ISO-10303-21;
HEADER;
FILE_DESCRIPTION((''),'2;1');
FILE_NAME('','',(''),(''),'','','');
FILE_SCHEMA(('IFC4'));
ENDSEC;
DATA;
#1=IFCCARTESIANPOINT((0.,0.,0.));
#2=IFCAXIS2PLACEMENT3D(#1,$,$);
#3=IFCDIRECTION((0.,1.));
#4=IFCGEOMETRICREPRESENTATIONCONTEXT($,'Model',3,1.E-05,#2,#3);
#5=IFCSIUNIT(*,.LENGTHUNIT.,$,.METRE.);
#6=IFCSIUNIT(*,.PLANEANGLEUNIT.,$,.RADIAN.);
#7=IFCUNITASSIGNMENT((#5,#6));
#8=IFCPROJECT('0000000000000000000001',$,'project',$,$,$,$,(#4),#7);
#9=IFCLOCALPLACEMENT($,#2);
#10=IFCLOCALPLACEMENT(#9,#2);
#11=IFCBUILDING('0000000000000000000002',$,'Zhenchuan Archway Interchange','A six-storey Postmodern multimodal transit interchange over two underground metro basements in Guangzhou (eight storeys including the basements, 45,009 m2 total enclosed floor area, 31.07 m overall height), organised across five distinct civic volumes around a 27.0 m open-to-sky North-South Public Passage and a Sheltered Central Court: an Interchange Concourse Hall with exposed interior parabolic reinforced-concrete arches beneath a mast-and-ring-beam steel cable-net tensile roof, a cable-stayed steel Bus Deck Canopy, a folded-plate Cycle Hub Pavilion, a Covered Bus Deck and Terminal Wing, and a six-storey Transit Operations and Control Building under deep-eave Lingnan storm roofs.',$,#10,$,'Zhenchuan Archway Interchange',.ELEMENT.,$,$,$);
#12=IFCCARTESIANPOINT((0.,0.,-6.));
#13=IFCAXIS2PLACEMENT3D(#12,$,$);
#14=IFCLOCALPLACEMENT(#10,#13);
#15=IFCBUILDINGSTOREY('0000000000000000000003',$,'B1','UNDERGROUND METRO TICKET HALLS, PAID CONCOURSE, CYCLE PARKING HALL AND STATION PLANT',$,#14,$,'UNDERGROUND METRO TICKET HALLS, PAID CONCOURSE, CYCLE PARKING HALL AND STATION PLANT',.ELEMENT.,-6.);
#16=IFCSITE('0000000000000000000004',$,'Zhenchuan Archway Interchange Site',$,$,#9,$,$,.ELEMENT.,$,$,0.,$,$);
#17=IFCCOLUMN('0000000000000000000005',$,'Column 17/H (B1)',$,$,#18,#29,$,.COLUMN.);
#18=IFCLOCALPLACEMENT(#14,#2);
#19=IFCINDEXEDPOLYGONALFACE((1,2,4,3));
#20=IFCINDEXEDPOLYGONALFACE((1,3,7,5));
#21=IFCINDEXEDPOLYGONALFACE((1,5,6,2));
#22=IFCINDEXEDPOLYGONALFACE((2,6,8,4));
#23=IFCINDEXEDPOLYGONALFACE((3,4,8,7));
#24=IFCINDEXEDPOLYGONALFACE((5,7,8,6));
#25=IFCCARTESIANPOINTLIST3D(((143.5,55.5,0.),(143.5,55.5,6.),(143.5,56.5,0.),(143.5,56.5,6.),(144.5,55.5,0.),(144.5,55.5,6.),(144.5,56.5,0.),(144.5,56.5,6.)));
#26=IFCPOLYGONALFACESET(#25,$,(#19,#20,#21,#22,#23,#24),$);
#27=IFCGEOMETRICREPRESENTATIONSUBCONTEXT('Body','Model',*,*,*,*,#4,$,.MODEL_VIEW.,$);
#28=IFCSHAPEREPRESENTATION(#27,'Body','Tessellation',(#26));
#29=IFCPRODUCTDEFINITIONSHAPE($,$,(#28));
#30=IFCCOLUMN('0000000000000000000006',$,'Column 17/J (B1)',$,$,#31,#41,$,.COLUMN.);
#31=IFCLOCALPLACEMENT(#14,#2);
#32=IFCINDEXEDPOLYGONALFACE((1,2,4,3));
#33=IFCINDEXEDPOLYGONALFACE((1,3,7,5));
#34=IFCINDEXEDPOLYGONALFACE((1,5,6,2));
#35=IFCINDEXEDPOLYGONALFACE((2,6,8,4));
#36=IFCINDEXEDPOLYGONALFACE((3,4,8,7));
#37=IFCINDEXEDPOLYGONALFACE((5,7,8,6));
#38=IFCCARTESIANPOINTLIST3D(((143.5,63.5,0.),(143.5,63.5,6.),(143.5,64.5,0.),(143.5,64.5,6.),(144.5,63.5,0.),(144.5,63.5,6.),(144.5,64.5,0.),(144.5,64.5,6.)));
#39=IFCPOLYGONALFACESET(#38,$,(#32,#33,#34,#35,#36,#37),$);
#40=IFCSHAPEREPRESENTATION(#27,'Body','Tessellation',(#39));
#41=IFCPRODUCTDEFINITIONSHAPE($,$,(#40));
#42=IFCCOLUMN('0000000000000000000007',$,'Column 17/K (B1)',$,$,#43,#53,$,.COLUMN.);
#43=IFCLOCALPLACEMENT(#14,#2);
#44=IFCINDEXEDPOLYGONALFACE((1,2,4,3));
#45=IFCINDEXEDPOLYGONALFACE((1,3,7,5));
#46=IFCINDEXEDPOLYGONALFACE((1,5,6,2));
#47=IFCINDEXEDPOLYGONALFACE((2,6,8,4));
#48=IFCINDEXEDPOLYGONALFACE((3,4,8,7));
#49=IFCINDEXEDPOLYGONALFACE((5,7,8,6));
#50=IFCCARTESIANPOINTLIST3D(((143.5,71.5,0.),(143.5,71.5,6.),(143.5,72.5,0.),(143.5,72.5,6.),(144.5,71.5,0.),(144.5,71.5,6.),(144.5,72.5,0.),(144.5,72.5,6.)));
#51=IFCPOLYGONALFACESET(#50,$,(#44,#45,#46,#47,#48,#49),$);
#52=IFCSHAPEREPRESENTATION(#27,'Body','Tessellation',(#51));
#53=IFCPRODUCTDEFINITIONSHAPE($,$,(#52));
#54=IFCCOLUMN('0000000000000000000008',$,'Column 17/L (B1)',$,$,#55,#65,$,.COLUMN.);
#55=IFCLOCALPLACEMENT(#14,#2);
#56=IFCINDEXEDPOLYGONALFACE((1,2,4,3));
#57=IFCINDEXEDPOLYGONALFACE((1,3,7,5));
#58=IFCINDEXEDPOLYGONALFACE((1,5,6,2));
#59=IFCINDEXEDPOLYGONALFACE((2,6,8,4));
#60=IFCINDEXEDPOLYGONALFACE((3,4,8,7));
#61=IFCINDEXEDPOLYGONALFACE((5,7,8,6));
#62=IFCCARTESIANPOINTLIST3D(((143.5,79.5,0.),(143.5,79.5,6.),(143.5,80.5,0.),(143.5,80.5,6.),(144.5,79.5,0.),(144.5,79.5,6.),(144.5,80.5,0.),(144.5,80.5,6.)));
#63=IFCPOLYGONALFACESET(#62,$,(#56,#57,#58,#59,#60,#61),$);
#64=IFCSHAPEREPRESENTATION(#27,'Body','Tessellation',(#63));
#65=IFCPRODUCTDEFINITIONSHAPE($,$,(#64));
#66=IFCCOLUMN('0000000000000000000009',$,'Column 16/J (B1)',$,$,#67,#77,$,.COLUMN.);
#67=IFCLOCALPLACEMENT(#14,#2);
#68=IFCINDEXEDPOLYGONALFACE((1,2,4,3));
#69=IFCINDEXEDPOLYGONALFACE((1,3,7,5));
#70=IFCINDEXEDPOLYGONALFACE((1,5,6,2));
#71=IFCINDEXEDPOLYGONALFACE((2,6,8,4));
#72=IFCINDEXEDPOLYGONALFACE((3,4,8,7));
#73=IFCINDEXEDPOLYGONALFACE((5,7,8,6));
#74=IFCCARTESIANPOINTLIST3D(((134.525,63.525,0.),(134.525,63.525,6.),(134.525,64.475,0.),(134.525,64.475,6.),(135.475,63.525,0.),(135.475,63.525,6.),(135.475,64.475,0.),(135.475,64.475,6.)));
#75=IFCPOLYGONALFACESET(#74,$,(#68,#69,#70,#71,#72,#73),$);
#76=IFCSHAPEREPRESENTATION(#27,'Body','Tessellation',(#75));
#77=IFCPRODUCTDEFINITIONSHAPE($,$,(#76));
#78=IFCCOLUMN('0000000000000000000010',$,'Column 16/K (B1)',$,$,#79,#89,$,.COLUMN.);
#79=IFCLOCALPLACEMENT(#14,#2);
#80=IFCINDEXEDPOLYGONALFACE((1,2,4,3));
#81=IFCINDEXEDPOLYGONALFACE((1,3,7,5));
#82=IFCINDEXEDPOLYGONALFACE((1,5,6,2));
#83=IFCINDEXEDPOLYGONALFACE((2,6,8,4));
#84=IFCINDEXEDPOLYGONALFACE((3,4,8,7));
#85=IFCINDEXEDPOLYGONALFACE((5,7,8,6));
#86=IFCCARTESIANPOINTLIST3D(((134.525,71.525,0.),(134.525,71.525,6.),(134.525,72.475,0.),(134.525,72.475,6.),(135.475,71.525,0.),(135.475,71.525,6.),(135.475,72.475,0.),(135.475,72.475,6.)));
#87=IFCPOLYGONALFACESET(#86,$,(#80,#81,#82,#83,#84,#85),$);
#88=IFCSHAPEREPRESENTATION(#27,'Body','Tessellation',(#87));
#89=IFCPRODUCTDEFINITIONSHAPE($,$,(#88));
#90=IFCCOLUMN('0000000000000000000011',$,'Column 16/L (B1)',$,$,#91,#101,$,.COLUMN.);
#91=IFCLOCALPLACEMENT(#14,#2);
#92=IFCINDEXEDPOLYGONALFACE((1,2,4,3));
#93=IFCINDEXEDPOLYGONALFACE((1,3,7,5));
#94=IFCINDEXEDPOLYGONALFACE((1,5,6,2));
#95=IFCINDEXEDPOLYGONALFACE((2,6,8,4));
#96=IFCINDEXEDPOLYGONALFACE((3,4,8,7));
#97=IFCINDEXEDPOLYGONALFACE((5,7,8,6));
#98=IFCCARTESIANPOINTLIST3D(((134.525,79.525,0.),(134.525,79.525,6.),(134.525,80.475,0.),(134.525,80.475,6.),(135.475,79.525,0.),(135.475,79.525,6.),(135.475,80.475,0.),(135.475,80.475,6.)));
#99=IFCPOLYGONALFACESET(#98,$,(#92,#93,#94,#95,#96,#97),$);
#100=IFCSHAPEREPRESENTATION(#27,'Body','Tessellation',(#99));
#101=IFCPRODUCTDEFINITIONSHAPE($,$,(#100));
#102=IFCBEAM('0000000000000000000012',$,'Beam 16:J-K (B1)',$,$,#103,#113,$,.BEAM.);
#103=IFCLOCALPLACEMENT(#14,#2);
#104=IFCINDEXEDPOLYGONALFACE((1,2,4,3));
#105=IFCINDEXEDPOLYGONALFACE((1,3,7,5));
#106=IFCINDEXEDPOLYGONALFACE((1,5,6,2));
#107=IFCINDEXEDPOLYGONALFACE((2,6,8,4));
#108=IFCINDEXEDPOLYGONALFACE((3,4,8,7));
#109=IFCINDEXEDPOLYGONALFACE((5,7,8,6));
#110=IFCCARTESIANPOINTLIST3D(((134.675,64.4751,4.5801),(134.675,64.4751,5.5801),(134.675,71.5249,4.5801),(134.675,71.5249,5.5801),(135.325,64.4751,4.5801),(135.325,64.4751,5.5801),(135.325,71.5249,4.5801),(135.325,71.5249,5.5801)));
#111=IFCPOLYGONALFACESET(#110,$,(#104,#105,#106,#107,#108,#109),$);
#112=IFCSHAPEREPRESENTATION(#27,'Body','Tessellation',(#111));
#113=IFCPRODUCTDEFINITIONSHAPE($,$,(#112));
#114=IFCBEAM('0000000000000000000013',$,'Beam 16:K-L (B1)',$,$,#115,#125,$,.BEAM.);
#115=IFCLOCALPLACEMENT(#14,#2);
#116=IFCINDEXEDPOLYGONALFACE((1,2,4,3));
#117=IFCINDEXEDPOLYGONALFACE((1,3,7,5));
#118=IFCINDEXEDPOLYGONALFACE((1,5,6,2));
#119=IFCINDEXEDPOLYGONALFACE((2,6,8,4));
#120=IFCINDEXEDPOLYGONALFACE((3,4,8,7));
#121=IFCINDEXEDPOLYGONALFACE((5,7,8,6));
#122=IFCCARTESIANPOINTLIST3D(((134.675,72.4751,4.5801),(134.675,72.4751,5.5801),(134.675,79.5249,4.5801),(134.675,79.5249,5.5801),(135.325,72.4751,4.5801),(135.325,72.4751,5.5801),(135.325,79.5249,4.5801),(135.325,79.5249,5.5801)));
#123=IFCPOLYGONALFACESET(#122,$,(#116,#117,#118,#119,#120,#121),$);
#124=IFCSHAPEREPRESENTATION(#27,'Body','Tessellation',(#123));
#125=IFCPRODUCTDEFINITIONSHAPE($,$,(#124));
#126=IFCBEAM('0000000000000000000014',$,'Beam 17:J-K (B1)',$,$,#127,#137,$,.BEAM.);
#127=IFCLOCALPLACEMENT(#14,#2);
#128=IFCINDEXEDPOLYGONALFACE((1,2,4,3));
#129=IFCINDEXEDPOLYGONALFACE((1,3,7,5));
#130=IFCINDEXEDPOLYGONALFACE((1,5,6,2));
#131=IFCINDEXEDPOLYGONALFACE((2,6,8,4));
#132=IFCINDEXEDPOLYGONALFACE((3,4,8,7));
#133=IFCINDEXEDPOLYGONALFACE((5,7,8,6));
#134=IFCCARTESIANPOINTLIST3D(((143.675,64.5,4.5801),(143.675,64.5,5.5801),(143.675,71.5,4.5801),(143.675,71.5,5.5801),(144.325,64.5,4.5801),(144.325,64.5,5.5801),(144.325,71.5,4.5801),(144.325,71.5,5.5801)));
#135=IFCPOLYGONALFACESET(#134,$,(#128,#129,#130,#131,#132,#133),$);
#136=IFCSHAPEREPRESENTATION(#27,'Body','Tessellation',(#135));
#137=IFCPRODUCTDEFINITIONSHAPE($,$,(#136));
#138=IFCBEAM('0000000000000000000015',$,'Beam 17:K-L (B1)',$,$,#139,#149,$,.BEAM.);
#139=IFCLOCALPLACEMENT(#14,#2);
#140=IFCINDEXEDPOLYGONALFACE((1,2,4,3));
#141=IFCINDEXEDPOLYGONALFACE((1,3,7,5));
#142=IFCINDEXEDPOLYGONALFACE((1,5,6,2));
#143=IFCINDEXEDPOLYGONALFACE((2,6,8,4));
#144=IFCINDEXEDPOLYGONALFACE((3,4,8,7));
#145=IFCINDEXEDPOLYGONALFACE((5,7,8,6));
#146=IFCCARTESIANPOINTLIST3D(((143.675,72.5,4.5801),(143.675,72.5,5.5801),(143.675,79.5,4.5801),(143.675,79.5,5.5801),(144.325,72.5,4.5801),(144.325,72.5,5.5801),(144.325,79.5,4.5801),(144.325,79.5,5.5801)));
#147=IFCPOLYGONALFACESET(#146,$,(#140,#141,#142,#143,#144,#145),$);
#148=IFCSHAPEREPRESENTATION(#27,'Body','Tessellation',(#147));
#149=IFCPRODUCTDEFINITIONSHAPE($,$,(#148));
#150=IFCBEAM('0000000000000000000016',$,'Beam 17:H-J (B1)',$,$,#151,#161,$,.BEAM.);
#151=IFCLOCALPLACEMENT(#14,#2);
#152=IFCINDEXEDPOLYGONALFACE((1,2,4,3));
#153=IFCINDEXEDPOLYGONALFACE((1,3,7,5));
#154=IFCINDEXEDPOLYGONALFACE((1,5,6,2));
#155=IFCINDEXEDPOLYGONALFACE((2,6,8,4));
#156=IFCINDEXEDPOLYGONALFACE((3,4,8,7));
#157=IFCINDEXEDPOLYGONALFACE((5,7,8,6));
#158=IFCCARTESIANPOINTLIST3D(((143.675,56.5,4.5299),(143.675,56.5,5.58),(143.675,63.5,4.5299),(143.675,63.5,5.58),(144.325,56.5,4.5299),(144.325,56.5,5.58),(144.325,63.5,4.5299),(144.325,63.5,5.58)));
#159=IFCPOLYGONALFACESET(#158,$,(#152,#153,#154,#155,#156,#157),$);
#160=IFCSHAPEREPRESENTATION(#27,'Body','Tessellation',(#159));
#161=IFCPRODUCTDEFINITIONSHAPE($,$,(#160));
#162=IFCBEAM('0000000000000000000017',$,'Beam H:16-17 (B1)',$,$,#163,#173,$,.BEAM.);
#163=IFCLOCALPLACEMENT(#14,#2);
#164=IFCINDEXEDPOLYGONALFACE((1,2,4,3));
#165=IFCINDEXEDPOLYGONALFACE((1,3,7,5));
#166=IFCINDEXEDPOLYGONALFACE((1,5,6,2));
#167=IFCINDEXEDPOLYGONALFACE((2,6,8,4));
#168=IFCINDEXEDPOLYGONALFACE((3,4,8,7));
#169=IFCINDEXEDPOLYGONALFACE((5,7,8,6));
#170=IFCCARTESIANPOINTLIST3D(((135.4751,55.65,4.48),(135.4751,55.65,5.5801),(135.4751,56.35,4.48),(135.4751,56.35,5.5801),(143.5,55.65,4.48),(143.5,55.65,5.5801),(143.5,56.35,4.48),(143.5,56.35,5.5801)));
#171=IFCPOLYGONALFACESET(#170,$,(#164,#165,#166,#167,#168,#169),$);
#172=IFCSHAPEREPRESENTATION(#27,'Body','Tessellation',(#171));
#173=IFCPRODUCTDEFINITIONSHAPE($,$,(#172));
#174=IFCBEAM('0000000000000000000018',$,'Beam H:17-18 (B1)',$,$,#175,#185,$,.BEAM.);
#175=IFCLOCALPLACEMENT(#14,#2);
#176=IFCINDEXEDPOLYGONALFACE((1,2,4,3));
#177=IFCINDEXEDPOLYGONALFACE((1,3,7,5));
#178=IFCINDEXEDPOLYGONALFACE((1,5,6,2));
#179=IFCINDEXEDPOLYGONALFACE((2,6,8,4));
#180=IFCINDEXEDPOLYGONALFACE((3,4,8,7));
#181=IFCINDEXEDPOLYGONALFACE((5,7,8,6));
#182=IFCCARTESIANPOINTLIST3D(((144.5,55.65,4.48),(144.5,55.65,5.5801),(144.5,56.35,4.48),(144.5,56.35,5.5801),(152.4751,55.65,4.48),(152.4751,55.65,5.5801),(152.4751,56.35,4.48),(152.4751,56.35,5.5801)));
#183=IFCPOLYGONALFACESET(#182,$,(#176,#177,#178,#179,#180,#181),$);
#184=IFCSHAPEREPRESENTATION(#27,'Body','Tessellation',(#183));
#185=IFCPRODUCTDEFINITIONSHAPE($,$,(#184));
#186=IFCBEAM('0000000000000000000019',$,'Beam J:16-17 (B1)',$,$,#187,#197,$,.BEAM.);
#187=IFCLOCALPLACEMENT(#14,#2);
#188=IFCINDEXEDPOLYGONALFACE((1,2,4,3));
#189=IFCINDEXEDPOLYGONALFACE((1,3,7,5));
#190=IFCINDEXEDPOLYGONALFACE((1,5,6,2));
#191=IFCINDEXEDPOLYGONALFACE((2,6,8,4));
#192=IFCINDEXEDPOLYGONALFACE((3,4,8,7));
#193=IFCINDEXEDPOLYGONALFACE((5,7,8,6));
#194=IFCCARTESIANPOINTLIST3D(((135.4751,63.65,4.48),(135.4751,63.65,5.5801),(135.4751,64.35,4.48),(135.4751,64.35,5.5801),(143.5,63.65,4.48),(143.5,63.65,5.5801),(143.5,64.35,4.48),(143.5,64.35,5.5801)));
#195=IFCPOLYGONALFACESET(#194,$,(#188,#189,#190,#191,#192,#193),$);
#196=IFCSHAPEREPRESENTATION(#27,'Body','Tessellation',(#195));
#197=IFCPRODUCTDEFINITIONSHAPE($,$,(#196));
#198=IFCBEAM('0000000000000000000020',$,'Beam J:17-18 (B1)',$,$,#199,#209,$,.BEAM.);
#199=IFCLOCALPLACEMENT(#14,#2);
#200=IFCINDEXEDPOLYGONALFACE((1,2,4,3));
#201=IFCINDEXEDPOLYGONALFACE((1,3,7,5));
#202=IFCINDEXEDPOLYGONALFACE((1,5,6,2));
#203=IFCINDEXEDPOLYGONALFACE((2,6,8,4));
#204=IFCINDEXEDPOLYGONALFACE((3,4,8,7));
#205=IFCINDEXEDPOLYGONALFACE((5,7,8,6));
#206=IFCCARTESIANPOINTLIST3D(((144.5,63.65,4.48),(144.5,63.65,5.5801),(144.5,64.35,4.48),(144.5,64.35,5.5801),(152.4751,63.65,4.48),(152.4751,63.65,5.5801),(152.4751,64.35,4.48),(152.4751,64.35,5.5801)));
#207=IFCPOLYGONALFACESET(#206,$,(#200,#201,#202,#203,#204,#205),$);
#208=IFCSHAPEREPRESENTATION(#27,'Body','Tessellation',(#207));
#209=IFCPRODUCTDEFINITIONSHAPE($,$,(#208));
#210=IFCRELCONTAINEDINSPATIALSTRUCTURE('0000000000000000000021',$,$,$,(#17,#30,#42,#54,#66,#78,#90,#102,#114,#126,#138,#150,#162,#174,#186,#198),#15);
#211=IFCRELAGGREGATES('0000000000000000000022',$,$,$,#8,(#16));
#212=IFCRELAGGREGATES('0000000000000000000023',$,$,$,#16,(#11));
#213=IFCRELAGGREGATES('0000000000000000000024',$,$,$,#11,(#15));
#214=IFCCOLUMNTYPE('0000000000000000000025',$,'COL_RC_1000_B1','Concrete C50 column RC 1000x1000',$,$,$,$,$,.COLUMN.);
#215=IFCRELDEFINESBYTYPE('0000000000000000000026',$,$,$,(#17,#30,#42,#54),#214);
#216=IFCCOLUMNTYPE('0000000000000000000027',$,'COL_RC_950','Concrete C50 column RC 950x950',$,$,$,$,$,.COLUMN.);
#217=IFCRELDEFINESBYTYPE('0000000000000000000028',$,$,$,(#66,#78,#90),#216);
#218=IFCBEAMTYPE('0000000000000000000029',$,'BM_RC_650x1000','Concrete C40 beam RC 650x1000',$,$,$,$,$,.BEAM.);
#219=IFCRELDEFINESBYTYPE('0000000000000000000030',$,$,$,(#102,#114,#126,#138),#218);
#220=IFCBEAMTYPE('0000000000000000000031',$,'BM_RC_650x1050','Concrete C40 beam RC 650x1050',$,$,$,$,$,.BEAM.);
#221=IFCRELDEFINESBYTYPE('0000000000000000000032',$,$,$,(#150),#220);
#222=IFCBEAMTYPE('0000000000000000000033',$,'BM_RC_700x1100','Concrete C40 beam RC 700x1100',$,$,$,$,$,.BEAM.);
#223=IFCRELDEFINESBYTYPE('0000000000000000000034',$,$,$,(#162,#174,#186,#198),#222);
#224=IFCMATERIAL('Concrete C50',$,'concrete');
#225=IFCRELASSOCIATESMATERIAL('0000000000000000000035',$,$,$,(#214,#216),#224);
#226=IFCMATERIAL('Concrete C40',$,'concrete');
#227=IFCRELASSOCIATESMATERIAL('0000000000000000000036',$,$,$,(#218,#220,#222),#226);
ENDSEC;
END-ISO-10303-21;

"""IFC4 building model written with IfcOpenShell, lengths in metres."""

from ifc_helpers import new_model, si_unit, direction, frame, origin, origin_2d, place, context, subcontext, project, spatial, rectangle, extrude, material, material_profile, profile_set, type_object, element, save


model = new_model("IFC4")

# Units and contexts
model_context = context("Model", 3, precision=1e-05, world=origin(), true_north=direction((0.0, 1.0)))
body_context = subcontext(model_context, "Body", "Model", "MODEL_VIEW")
ifc_project = project(units=[si_unit("LENGTHUNIT", "METRE"), si_unit("PLANEANGLEUNIT", "RADIAN")], contexts=[model_context])

# Site, building, storey
site_placement = place(None, origin())
site = spatial("IfcSite", under=ifc_project, at=site_placement, Name="Zhenchuan Archway Interchange Site", CompositionType="ELEMENT", RefElevation=0.0)
building_placement = place(site_placement, origin())
building = spatial("IfcBuilding", under=site, at=building_placement, Name="Zhenchuan Archway Interchange", Description="A six-storey Postmodern multimodal transit interchange over two underground metro basements in Guangzhou (eight storeys including the basements, 45,009 m2 total enclosed floor area, 31.07 m overall height), organised across five distinct civic volumes around a 27.0 m open-to-sky North-South Public Passage and a Sheltered Central Court: an Interchange Concourse Hall with exposed interior parabolic reinforced-concrete arches beneath a mast-and-ring-beam steel cable-net tensile roof, a cable-stayed steel Bus Deck Canopy, a folded-plate Cycle Hub Pavilion, a Covered Bus Deck and Terminal Wing, and a six-storey Transit Operations and Control Building under deep-eave Lingnan storm roofs.", LongName="Zhenchuan Archway Interchange", CompositionType="ELEMENT")
storey_placement = place(building_placement, frame((0.0, 0.0, -6.0)))
storey = spatial("IfcBuildingStorey", under=building, at=storey_placement, Name="B1", Description="UNDERGROUND METRO TICKET HALLS, PAID CONCOURSE, CYCLE PARKING HALL AND STATION PLANT", LongName="UNDERGROUND METRO TICKET HALLS, PAID CONCOURSE, CYCLE PARKING HALL AND STATION PLANT", CompositionType="ELEMENT", Elevation=-6.0)

# Columns
ifc_material_1 = material(Name="Concrete C50", Category="concrete")
ifc_material_profile_1 = material_profile(ifc_material_1, rectangle(XDim=1.0, YDim=1.0, at=origin_2d()), Name="RC 1000x1000")
ifc_profile_set_1 = profile_set([ifc_material_profile_1], Name="Concrete C50")
column_type_1 = type_object("IfcColumnType", Name="COL_RC_1000_B1", Description="Concrete C50 column RC 1000x1000", PredefinedType="COLUMN", material=ifc_profile_set_1)
for number, where, z_axis, x_axis, name in (
    (1, (144.0, 56.0, 0.0), (0.0, 0.0, 1.0), (1.0, 0.0, 0.0), "Column 17/H (B1)"),
    (2, (144.0, 64.0, 0.0), (0.0, 0.0, 1.0), (1.0, 0.0, 0.0), "Column 17/J (B1)"),
    (3, (144.0, 72.0, 0.0), (0.0, 0.0, 1.0), (1.0, 0.0, 0.0), "Column 17/K (B1)"),
    (4, (144.0, 80.0, 0.0), (0.0, 0.0, 1.0), (1.0, 0.0, 0.0), "Column 17/L (B1)"),
):
    element("IfcColumn", number, at=place(storey_placement, frame(where, z_axis=z_axis, x_axis=x_axis)), inside=storey, type_object=column_type_1, Name=name, PredefinedType="COLUMN", context=body_context, shape_type="SweptSolid", body=[
        extrude(rectangle(XDim=1.0, YDim=1.0, at=origin_2d()), origin(), (0.0, 0.0, 1.0), 6.0),
    ])
ifc_material_profile_2 = material_profile(ifc_material_1, rectangle(XDim=0.95, YDim=0.95, at=origin_2d()), Name="RC 950x950")
ifc_profile_set_2 = profile_set([ifc_material_profile_2], Name="Concrete C50")
column_type_2 = type_object("IfcColumnType", Name="COL_RC_950", Description="Concrete C50 column RC 950x950", PredefinedType="COLUMN", material=ifc_profile_set_2)
for number, where, z_axis, x_axis, name in (
    (5, (135.0, 64.0, 0.0), (0.0, 0.0, 1.0), (1.0, 0.0, 0.0), "Column 16/J (B1)"),
    (6, (135.0, 72.0, 0.0), (0.0, 0.0, 1.0), (1.0, 0.0, 0.0), "Column 16/K (B1)"),
    (7, (135.0, 80.0, 0.0), (0.0, 0.0, 1.0), (1.0, 0.0, 0.0), "Column 16/L (B1)"),
):
    element("IfcColumn", number, at=place(storey_placement, frame(where, z_axis=z_axis, x_axis=x_axis)), inside=storey, type_object=column_type_2, Name=name, PredefinedType="COLUMN", context=body_context, shape_type="SweptSolid", body=[
        extrude(rectangle(XDim=0.95, YDim=0.95, at=origin_2d()), origin(), (0.0, 0.0, 1.0), 6.0),
    ])

# Beams
ifc_material_2 = material(Name="Concrete C40", Category="concrete")
ifc_material_profile_3 = material_profile(ifc_material_2, rectangle(XDim=0.6499, YDim=1.0, at=origin_2d()), Name="RC 650x1000")
ifc_profile_set_3 = profile_set([ifc_material_profile_3], Name="Concrete C40")
beam_type_1 = type_object("IfcBeamType", Name="BM_RC_650x1000", Description="Concrete C40 beam RC 650x1000", PredefinedType="BEAM", material=ifc_profile_set_3)
for number, where, z_axis, x_axis, name in (
    (8, (135.0, 64.4751, 5.0801), (0.0, 1.0, 0.0), (-1.0, 0.0, 0.0), "Beam 16:J-K (B1)"),
    (9, (135.0, 72.4751, 5.0801), (0.0, 1.0, 0.0), (-1.0, 0.0, 0.0), "Beam 16:K-L (B1)"),
):
    element("IfcBeam", number, at=place(storey_placement, frame(where, z_axis=z_axis, x_axis=x_axis)), inside=storey, type_object=beam_type_1, Name=name, PredefinedType="BEAM", context=body_context, shape_type="SweptSolid", body=[
        extrude(rectangle(XDim=0.6499, YDim=1.0, at=origin_2d()), origin(), (0.0, 0.0, 1.0), 7.0498),
    ])
for number, where, z_axis, x_axis, name in (
    (10, (144.0, 64.5, 5.0801), (0.0, 1.0, 0.0), (-1.0, 0.0, 0.0), "Beam 17:J-K (B1)"),
    (11, (144.0, 72.5, 5.0801), (0.0, 1.0, 0.0), (-1.0, 0.0, 0.0), "Beam 17:K-L (B1)"),
):
    element("IfcBeam", number, at=place(storey_placement, frame(where, z_axis=z_axis, x_axis=x_axis)), inside=storey, type_object=beam_type_1, Name=name, PredefinedType="BEAM", context=body_context, shape_type="SweptSolid", body=[
        extrude(rectangle(XDim=0.6499, YDim=1.0, at=origin_2d()), origin(), (0.0, 0.0, 1.0), 7.0),
    ])
ifc_material_profile_4 = material_profile(ifc_material_2, rectangle(XDim=0.6499, YDim=1.05, at=origin_2d()), Name="RC 650x1050")
ifc_profile_set_4 = profile_set([ifc_material_profile_4], Name="Concrete C40")
beam_type_2 = type_object("IfcBeamType", Name="BM_RC_650x1050", Description="Concrete C40 beam RC 650x1050", PredefinedType="BEAM", material=ifc_profile_set_4)
beam_1_placement = place(storey_placement, frame((144.0, 56.5, 5.0549), z_axis=(0.0, 1.0, 0.0), x_axis=(-1.0, 0.0, 0.0)))
element("IfcBeam", 12, at=beam_1_placement, inside=storey, type_object=beam_type_2, Name="Beam 17:H-J (B1)", PredefinedType="BEAM", context=body_context, shape_type="SweptSolid", body=[
    extrude(rectangle(XDim=0.6499, YDim=1.05, at=origin_2d()), origin(), (0.0, 0.0, 1.0), 7.0),
])
ifc_material_profile_5 = material_profile(ifc_material_2, rectangle(XDim=0.7, YDim=1.1001, at=origin_2d()), Name="RC 700x1100")
ifc_profile_set_5 = profile_set([ifc_material_profile_5], Name="Concrete C40")
beam_type_3 = type_object("IfcBeamType", Name="BM_RC_700x1100", Description="Concrete C40 beam RC 700x1100", PredefinedType="BEAM", material=ifc_profile_set_5)
beam_2_placement = place(storey_placement, frame((135.4751, 56.0, 5.03), z_axis=(1.0, 0.0, 0.0), x_axis=(0.0, 1.0, 0.0)))
element("IfcBeam", 13, at=beam_2_placement, inside=storey, type_object=beam_type_3, Name="Beam H:16-17 (B1)", PredefinedType="BEAM", context=body_context, shape_type="SweptSolid", body=[
    extrude(rectangle(XDim=0.7, YDim=1.1001, at=origin_2d()), origin(), (0.0, 0.0, 1.0), 8.0249),
])
beam_3_placement = place(storey_placement, frame((144.5, 56.0, 5.03), z_axis=(1.0, 0.0, 0.0), x_axis=(0.0, 1.0, 0.0)))
element("IfcBeam", 14, at=beam_3_placement, inside=storey, type_object=beam_type_3, Name="Beam H:17-18 (B1)", PredefinedType="BEAM", context=body_context, shape_type="SweptSolid", body=[
    extrude(rectangle(XDim=0.7, YDim=1.1001, at=origin_2d()), origin(), (0.0, 0.0, 1.0), 7.9751),
])
beam_4_placement = place(storey_placement, frame((135.4751, 64.0, 5.03), z_axis=(1.0, 0.0, 0.0), x_axis=(0.0, 1.0, 0.0)))
element("IfcBeam", 15, at=beam_4_placement, inside=storey, type_object=beam_type_3, Name="Beam J:16-17 (B1)", PredefinedType="BEAM", context=body_context, shape_type="SweptSolid", body=[
    extrude(rectangle(XDim=0.7, YDim=1.1001, at=origin_2d()), origin(), (0.0, 0.0, 1.0), 8.0249),
])
beam_5_placement = place(storey_placement, frame((144.5, 64.0, 5.03), z_axis=(1.0, 0.0, 0.0), x_axis=(0.0, 1.0, 0.0)))
element("IfcBeam", 16, at=beam_5_placement, inside=storey, type_object=beam_type_3, Name="Beam J:17-18 (B1)", PredefinedType="BEAM", context=body_context, shape_type="SweptSolid", body=[
    extrude(rectangle(XDim=0.7, YDim=1.1001, at=origin_2d()), origin(), (0.0, 0.0, 1.0), 7.9751),
])

save(model, "model.ifc")
